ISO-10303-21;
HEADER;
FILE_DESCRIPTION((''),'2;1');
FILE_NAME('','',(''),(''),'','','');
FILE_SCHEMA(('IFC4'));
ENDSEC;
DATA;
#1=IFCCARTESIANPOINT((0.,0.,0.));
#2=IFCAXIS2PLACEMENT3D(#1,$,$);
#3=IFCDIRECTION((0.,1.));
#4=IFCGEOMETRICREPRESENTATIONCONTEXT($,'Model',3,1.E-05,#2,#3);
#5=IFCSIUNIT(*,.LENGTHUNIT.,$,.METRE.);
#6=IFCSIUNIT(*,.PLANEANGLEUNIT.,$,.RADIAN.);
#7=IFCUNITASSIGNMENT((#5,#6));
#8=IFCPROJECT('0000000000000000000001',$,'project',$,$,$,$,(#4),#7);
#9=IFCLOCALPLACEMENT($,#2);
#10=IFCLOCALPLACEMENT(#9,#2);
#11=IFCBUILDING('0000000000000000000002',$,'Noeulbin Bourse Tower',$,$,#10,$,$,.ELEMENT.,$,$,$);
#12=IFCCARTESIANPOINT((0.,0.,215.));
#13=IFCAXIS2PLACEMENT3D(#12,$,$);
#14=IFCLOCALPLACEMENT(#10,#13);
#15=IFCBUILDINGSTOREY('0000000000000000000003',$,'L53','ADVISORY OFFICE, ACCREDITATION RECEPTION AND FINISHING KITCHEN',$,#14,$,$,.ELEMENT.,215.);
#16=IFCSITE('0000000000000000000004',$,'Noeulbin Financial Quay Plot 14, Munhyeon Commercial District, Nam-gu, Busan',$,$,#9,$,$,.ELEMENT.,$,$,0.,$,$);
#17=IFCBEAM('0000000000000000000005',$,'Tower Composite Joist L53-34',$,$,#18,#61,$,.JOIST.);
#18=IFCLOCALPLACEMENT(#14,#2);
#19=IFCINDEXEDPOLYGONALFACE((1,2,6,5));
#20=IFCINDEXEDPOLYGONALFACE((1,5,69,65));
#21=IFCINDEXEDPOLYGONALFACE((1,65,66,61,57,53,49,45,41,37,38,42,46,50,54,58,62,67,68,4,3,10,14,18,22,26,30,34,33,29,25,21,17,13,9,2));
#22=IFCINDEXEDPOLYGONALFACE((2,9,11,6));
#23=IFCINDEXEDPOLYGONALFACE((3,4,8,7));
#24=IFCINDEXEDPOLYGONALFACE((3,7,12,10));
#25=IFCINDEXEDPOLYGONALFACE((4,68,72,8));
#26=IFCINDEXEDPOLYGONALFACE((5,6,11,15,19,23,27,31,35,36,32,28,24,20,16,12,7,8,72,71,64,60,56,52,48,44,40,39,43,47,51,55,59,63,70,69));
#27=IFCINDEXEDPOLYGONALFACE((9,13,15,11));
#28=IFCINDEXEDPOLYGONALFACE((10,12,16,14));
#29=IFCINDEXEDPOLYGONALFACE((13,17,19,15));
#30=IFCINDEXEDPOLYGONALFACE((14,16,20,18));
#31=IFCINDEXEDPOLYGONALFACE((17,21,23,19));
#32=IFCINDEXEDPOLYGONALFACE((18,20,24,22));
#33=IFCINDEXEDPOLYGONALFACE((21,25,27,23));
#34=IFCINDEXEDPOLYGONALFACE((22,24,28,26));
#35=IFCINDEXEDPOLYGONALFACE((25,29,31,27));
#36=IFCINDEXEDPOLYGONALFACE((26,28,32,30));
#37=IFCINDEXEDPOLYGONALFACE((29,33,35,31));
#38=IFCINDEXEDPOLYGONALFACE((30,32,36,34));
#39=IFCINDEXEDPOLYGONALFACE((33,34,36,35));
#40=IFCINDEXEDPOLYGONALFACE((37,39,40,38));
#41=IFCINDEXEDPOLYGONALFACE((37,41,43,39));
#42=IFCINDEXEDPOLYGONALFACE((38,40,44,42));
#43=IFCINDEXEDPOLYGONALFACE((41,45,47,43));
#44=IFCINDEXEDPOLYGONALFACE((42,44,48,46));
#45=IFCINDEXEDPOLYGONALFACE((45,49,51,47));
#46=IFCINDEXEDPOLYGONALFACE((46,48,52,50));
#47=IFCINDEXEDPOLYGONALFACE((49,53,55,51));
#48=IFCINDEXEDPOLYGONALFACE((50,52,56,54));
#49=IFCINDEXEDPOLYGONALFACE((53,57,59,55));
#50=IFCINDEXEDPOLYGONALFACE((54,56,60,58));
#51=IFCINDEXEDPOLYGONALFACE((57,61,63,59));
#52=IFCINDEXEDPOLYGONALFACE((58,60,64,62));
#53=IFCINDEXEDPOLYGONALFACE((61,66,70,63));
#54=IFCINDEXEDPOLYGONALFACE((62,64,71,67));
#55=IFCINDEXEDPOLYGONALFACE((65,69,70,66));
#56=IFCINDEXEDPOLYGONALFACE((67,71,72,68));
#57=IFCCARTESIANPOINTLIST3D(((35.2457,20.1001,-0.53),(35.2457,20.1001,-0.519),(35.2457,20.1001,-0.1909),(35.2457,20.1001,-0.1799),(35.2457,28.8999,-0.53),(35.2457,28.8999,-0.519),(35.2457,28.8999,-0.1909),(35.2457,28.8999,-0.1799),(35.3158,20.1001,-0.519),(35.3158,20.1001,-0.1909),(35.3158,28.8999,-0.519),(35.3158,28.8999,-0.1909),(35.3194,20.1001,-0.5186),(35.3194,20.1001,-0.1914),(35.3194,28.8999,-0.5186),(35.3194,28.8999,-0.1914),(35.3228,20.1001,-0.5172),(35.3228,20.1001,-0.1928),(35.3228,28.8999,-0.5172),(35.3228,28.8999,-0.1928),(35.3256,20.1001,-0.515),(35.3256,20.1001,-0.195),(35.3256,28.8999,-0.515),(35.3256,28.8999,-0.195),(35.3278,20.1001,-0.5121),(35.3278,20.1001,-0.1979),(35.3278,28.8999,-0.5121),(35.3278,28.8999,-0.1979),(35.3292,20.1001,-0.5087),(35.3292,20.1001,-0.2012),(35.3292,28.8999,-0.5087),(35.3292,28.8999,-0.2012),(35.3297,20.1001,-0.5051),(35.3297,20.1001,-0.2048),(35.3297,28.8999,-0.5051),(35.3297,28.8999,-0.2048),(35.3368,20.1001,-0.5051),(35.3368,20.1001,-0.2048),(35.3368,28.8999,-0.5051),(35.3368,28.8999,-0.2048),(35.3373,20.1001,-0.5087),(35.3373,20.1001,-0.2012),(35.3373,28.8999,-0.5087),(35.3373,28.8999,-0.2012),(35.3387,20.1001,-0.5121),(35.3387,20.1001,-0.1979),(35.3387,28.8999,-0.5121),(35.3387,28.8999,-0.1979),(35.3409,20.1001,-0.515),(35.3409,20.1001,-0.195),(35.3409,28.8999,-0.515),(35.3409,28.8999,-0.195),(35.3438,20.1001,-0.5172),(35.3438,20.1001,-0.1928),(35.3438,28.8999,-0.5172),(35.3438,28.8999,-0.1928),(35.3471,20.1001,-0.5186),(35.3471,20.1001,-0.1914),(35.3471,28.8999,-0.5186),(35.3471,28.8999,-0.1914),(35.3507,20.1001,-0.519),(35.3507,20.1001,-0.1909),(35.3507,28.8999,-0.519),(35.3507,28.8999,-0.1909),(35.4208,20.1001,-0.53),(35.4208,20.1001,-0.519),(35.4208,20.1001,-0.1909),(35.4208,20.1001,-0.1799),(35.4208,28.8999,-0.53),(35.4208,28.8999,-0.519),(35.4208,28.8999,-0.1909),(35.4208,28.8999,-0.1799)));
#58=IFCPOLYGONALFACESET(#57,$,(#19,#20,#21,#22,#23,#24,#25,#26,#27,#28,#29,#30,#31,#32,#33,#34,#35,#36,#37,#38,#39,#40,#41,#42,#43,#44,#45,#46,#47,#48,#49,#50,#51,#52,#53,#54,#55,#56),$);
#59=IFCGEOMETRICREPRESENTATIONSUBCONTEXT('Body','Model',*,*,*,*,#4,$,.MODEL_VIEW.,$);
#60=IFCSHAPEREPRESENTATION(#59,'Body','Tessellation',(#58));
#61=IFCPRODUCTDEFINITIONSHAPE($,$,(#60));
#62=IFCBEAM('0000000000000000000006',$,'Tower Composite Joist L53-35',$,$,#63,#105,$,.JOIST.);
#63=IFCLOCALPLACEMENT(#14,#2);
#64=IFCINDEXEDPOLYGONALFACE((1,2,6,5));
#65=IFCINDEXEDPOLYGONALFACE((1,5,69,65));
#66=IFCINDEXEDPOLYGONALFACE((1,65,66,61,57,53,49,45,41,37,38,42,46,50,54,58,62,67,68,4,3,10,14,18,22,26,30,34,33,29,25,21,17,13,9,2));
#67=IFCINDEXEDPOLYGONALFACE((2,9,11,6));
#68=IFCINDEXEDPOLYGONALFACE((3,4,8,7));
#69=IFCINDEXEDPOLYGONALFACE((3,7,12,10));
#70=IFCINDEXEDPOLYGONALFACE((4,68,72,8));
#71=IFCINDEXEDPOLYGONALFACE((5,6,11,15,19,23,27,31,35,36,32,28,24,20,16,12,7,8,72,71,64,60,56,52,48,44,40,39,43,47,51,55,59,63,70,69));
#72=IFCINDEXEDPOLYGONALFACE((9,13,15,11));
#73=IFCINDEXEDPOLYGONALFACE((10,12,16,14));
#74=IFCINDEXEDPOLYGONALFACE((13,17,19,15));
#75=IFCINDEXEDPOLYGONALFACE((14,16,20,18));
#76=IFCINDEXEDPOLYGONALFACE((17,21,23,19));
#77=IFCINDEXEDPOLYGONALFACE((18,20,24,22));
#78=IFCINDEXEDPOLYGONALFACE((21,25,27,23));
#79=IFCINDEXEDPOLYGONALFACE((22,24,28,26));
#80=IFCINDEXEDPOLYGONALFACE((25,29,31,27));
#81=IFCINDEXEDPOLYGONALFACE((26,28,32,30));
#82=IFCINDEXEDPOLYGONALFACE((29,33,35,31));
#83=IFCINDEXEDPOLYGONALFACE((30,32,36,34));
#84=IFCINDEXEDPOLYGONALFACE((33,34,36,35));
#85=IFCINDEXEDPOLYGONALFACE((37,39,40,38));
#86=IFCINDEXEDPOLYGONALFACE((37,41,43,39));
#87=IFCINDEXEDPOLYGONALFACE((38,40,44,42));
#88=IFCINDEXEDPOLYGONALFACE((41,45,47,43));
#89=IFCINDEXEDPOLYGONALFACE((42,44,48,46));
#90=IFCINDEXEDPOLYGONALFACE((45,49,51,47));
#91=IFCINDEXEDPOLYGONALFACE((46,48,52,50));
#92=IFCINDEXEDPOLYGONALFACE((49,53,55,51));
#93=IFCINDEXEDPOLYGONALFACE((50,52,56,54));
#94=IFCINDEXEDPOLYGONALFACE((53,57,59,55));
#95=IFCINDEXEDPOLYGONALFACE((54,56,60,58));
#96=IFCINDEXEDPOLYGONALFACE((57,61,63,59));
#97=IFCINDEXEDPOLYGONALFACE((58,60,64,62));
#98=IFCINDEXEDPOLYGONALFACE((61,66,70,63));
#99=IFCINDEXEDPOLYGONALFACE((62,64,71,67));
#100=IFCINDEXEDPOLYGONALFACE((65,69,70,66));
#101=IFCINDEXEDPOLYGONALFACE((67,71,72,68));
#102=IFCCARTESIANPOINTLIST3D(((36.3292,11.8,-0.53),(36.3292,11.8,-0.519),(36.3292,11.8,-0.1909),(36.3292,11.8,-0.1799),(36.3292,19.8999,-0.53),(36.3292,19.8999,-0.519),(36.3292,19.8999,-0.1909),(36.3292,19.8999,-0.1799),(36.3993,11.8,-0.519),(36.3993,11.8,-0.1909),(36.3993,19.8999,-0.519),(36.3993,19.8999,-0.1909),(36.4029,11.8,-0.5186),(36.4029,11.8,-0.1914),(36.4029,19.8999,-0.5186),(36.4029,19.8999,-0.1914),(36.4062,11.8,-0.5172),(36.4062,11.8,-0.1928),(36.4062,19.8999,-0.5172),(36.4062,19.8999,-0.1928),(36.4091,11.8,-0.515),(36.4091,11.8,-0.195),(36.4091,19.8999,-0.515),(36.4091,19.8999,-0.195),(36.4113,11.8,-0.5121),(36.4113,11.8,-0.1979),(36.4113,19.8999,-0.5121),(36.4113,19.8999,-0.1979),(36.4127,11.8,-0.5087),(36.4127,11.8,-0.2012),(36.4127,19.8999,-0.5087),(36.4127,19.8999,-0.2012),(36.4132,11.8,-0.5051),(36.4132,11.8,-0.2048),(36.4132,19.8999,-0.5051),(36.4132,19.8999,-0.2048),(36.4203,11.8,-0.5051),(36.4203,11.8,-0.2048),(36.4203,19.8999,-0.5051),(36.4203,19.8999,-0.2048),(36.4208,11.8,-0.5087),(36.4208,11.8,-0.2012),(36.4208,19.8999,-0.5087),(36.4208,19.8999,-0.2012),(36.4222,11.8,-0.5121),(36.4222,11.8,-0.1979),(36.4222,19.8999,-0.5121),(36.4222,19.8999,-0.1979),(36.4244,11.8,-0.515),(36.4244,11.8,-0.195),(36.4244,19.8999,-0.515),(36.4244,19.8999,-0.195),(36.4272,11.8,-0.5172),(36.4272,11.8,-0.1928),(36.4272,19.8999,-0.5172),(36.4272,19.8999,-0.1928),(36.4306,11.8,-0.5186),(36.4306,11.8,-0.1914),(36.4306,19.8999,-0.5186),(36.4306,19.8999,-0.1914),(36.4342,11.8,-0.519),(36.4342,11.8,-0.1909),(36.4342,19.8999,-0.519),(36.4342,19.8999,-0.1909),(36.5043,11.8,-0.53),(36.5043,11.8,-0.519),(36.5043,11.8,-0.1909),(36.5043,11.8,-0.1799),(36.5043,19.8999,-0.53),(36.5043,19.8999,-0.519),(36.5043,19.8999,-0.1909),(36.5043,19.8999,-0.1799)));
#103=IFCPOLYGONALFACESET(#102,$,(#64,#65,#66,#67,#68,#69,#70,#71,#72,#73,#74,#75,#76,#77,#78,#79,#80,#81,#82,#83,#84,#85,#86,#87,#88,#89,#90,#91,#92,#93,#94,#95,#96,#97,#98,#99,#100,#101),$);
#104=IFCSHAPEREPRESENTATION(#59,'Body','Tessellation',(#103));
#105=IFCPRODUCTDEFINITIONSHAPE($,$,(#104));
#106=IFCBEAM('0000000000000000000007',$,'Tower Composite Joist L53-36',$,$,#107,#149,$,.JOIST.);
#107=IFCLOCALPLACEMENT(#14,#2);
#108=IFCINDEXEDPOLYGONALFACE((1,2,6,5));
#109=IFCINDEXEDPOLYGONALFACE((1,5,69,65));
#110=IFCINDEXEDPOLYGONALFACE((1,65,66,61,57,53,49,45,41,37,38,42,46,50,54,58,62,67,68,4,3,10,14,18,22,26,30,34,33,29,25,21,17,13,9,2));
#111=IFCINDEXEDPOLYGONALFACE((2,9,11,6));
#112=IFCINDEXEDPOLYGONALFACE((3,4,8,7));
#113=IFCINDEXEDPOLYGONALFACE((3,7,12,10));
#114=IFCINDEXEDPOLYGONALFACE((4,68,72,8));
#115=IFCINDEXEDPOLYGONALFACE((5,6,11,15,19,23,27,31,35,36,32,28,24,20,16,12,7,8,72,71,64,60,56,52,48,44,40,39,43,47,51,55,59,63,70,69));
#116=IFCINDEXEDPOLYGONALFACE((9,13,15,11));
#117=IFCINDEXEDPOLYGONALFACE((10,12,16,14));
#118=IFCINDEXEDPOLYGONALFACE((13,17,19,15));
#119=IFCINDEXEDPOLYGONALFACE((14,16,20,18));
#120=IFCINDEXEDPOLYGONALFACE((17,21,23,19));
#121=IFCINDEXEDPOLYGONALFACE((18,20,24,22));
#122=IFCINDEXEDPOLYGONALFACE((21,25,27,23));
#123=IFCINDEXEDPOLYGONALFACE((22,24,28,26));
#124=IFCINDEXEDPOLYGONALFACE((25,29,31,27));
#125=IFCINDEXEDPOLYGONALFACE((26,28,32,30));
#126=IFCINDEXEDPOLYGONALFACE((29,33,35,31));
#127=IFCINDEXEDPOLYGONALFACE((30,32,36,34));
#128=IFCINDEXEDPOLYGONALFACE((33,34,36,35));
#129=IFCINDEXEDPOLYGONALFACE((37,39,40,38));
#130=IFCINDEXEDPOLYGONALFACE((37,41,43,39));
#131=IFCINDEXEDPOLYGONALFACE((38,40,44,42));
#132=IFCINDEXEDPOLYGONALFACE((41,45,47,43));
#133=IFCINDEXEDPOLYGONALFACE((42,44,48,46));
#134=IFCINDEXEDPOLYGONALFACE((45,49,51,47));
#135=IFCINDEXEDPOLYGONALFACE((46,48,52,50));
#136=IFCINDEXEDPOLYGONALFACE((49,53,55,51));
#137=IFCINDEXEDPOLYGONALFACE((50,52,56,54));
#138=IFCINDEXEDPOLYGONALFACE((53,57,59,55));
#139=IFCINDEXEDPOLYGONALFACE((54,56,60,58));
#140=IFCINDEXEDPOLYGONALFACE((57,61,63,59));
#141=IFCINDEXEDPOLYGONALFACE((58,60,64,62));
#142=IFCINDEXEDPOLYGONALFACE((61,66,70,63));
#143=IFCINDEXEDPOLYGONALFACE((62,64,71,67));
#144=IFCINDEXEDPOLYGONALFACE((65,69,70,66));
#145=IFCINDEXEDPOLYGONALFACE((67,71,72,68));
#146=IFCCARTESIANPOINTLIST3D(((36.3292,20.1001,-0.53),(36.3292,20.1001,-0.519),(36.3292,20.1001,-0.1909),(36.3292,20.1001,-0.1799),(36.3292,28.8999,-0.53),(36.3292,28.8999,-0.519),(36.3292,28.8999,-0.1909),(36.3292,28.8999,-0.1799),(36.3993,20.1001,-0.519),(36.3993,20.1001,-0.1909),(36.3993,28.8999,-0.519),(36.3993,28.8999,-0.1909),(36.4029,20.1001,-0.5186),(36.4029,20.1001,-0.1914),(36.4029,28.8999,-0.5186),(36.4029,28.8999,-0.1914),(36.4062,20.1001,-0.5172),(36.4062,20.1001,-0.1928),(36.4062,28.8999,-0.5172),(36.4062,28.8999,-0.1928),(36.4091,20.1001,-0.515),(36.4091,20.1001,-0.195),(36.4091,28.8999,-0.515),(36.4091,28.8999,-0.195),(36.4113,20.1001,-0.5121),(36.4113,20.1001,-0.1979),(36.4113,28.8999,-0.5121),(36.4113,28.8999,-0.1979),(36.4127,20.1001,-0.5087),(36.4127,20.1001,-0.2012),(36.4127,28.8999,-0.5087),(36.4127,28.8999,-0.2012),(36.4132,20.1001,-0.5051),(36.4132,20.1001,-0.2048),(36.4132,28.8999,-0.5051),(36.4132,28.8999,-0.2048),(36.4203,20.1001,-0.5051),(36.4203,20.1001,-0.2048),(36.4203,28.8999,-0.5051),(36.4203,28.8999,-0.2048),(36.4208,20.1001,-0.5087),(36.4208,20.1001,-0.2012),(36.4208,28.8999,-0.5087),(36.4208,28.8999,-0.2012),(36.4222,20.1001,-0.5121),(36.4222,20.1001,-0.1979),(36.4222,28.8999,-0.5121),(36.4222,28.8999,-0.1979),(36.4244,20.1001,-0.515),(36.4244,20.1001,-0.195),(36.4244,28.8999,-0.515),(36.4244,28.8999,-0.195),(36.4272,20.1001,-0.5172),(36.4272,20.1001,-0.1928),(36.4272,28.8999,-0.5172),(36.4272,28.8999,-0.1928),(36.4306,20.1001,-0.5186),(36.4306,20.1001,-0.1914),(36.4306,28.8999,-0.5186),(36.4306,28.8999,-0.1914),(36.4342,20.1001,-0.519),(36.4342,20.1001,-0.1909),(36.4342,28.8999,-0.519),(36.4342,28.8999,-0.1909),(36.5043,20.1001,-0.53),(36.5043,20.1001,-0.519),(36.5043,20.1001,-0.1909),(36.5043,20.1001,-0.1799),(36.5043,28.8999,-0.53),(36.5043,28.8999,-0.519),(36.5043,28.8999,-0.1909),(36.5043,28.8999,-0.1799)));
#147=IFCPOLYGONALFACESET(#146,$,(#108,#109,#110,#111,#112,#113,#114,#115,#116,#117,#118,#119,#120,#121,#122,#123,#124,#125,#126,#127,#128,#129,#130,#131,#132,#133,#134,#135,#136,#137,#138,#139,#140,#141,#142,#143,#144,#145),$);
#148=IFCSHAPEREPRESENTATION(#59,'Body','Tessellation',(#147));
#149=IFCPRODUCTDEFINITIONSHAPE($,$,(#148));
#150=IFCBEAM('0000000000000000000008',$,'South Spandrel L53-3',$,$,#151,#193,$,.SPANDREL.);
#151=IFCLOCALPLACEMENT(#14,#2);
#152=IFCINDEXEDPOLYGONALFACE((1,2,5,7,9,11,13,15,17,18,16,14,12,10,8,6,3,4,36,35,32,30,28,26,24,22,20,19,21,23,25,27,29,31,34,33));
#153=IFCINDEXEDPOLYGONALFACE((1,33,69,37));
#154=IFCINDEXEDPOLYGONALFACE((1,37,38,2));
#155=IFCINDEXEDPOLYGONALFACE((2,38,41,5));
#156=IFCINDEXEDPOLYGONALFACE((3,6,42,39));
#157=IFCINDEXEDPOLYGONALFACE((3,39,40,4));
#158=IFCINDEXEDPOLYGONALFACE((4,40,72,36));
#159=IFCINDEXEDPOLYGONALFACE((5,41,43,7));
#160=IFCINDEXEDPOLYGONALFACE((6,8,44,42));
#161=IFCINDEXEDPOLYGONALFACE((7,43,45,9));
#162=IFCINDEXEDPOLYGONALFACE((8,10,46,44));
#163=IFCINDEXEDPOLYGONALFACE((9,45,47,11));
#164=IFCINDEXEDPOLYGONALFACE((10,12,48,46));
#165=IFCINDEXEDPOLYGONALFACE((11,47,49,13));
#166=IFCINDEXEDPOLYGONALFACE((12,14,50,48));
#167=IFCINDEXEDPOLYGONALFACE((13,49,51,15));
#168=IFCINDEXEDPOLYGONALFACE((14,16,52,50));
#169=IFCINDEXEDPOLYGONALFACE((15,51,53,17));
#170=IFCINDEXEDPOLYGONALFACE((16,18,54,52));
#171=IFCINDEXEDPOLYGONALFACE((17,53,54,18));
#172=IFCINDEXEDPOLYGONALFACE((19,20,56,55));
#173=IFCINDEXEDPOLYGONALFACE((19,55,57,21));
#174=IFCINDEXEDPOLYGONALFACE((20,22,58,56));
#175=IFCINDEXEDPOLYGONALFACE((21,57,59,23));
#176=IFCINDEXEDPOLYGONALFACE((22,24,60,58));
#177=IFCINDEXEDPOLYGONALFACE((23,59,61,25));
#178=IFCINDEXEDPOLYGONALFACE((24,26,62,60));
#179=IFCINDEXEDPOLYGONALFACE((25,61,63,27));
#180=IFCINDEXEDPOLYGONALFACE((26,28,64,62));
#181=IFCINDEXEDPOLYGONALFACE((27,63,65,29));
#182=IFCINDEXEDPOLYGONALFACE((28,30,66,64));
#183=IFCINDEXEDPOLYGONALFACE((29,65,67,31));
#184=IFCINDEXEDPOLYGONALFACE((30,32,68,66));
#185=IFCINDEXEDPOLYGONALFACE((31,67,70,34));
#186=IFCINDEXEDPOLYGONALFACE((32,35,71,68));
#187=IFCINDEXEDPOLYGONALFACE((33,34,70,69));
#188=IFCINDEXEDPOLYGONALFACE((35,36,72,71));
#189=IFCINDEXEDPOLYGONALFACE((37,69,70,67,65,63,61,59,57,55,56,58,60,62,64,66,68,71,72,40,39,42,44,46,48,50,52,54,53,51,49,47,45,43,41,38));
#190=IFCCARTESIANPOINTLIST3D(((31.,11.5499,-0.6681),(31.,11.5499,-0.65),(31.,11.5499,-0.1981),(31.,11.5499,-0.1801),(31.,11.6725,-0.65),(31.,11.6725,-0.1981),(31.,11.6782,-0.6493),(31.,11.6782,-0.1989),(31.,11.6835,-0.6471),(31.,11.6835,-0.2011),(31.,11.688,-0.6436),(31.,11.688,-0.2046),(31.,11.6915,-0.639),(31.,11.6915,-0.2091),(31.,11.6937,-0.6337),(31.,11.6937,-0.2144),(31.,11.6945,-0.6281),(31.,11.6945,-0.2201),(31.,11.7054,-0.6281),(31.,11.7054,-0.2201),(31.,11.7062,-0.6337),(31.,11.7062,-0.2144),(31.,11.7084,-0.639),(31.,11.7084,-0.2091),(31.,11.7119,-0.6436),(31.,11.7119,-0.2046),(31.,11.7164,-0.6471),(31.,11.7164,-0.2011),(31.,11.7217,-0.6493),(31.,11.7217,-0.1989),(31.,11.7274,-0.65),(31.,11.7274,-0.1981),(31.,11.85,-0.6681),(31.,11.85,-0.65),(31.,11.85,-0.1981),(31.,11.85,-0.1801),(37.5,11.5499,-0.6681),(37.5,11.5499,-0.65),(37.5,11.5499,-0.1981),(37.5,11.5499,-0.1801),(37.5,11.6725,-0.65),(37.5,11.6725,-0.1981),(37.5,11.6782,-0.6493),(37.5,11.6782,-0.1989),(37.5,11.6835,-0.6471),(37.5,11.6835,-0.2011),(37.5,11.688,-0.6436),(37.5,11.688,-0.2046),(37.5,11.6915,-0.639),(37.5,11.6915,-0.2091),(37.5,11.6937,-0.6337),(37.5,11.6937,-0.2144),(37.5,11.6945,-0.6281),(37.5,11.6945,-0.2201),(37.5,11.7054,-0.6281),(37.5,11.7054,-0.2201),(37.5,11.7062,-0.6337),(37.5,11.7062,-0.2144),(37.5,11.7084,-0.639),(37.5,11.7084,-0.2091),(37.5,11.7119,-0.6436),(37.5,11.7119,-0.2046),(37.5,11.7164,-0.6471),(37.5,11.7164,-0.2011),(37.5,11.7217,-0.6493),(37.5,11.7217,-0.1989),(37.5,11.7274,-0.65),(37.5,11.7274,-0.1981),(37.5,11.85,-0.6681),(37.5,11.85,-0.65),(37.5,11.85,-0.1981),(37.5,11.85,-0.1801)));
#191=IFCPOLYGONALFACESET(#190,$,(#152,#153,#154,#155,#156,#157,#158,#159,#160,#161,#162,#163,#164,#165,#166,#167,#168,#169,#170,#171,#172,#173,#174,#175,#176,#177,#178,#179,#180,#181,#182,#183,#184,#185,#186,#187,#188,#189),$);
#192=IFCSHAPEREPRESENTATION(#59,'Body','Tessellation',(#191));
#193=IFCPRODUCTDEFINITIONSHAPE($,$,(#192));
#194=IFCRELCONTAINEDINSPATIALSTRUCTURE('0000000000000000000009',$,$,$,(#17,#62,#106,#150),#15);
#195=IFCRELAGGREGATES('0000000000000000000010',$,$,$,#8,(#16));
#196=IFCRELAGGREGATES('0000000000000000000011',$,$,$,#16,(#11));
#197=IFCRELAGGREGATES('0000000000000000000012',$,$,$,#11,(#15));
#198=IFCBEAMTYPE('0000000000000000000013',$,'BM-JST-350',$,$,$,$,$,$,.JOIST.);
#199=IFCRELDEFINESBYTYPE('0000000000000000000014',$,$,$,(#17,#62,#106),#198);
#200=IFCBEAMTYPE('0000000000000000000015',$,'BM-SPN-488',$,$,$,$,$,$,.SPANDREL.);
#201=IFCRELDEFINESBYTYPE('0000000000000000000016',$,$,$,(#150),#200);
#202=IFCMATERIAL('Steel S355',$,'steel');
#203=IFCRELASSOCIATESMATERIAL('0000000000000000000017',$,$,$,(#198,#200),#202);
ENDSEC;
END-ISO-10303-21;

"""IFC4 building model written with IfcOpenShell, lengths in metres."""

from ifc_helpers import new_model, si_unit, direction, frame, origin, origin_2d, place, context, subcontext, project, spatial, i_section, extrude, material, material_profile, profile_set, type_object, element, save


model = new_model("IFC4")

# Units and contexts
model_context = context("Model", 3, precision=1e-05, world=origin(), true_north=direction((0.0, 1.0)))
body_context = subcontext(model_context, "Body", "Model", "MODEL_VIEW")
ifc_project = project(units=[si_unit("LENGTHUNIT", "METRE"), si_unit("PLANEANGLEUNIT", "RADIAN")], contexts=[model_context])

# Site, building, storey
site_placement = place(None, origin())
site = spatial("IfcSite", under=ifc_project, at=site_placement, Name="Noeulbin Financial Quay Plot 14, Munhyeon Commercial District, Nam-gu, Busan", CompositionType="ELEMENT", RefElevation=0.0)
building_placement = place(site_placement, origin())
building = spatial("IfcBuilding", under=site, at=building_placement, Name="Noeulbin Bourse Tower", CompositionType="ELEMENT")
storey_placement = place(building_placement, frame((0.0, 0.0, 215.0)))
storey = spatial("IfcBuildingStorey", under=building, at=storey_placement, Name="L53", Description="ADVISORY OFFICE, ACCREDITATION RECEPTION AND FINISHING KITCHEN", CompositionType="ELEMENT", Elevation=215.0)

# Shared definitions
ifc_material_1 = material(Name="Steel S355", Category="steel")

# Beams
ifc_material_profile_1 = material_profile(ifc_material_1, i_section(OverallWidth=0.175, OverallDepth=0.3501, WebThickness=0.0071, FlangeThickness=0.011, FilletRadius=0.0139, at=origin_2d()), Name="H-350x175x7x11", Category="LoadBearing")
ifc_profile_set_1 = profile_set([ifc_material_profile_1], Name="Steel S355")
beam_type_1 = type_object("IfcBeamType", Name="BM-JST-350", PredefinedType="JOIST", material=ifc_profile_set_1)
beam_1_placement = place(storey_placement, frame((35.3333, 20.1001, -0.355), z_axis=(0.0, 1.0, 0.0), x_axis=(-1.0, 0.0, 0.0)))
element("IfcBeam", 1, at=beam_1_placement, inside=storey, type_object=beam_type_1, Name="Tower Composite Joist L53-34", PredefinedType="JOIST", context=body_context, shape_type="SweptSolid", body=[
    extrude(i_section(OverallWidth=0.175, OverallDepth=0.3501, WebThickness=0.0071, FlangeThickness=0.011, FilletRadius=0.0139, at=origin_2d()), origin(), (0.0, 0.0, 1.0), 8.7998),
])
beam_2_placement = place(storey_placement, frame((36.4167, 11.8, -0.355), z_axis=(0.0, 1.0, 0.0), x_axis=(-1.0, 0.0, 0.0)))
element("IfcBeam", 2, at=beam_2_placement, inside=storey, type_object=beam_type_1, Name="Tower Composite Joist L53-35", PredefinedType="JOIST", context=body_context, shape_type="SweptSolid", body=[
    extrude(i_section(OverallWidth=0.175, OverallDepth=0.3501, WebThickness=0.0071, FlangeThickness=0.011, FilletRadius=0.0139, at=origin_2d()), origin(), (0.0, 0.0, 1.0), 8.0999),
])
beam_3_placement = place(storey_placement, frame((36.4167, 20.1001, -0.355), z_axis=(0.0, 1.0, 0.0), x_axis=(-1.0, 0.0, 0.0)))
element("IfcBeam", 3, at=beam_3_placement, inside=storey, type_object=beam_type_1, Name="Tower Composite Joist L53-36", PredefinedType="JOIST", context=body_context, shape_type="SweptSolid", body=[
    extrude(i_section(OverallWidth=0.175, OverallDepth=0.3501, WebThickness=0.0071, FlangeThickness=0.011, FilletRadius=0.0139, at=origin_2d()), origin(), (0.0, 0.0, 1.0), 8.7998),
])
ifc_material_profile_2 = material_profile(ifc_material_1, i_section(OverallWidth=0.3, OverallDepth=0.488, WebThickness=0.011, FlangeThickness=0.0181, FilletRadius=0.022, at=origin_2d()), Name="H-488x300x11x18", Category="LoadBearing")
ifc_profile_set_2 = profile_set([ifc_material_profile_2], Name="Steel S355")
beam_type_2 = type_object("IfcBeamType", Name="BM-SPN-488", PredefinedType="SPANDREL", material=ifc_profile_set_2)
for number, where, z_axis, x_axis, name in (
    (4, (31.0, 11.7, -0.4241), (1.0, 0.0, 0.0), (0.0, 1.0, 0.0), "South Spandrel L53-3"),
):
    element("IfcBeam", number, at=place(storey_placement, frame(where, z_axis=z_axis, x_axis=x_axis)), inside=storey, type_object=beam_type_2, Name=name, PredefinedType="SPANDREL", context=body_context, shape_type="SweptSolid", body=[
        extrude(i_section(OverallWidth=0.3, OverallDepth=0.488, WebThickness=0.011, FlangeThickness=0.0181, FilletRadius=0.022, at=origin_2d()), origin(), (0.0, 0.0, 1.0), 6.5),
    ])

save(model, "model.ifc")
